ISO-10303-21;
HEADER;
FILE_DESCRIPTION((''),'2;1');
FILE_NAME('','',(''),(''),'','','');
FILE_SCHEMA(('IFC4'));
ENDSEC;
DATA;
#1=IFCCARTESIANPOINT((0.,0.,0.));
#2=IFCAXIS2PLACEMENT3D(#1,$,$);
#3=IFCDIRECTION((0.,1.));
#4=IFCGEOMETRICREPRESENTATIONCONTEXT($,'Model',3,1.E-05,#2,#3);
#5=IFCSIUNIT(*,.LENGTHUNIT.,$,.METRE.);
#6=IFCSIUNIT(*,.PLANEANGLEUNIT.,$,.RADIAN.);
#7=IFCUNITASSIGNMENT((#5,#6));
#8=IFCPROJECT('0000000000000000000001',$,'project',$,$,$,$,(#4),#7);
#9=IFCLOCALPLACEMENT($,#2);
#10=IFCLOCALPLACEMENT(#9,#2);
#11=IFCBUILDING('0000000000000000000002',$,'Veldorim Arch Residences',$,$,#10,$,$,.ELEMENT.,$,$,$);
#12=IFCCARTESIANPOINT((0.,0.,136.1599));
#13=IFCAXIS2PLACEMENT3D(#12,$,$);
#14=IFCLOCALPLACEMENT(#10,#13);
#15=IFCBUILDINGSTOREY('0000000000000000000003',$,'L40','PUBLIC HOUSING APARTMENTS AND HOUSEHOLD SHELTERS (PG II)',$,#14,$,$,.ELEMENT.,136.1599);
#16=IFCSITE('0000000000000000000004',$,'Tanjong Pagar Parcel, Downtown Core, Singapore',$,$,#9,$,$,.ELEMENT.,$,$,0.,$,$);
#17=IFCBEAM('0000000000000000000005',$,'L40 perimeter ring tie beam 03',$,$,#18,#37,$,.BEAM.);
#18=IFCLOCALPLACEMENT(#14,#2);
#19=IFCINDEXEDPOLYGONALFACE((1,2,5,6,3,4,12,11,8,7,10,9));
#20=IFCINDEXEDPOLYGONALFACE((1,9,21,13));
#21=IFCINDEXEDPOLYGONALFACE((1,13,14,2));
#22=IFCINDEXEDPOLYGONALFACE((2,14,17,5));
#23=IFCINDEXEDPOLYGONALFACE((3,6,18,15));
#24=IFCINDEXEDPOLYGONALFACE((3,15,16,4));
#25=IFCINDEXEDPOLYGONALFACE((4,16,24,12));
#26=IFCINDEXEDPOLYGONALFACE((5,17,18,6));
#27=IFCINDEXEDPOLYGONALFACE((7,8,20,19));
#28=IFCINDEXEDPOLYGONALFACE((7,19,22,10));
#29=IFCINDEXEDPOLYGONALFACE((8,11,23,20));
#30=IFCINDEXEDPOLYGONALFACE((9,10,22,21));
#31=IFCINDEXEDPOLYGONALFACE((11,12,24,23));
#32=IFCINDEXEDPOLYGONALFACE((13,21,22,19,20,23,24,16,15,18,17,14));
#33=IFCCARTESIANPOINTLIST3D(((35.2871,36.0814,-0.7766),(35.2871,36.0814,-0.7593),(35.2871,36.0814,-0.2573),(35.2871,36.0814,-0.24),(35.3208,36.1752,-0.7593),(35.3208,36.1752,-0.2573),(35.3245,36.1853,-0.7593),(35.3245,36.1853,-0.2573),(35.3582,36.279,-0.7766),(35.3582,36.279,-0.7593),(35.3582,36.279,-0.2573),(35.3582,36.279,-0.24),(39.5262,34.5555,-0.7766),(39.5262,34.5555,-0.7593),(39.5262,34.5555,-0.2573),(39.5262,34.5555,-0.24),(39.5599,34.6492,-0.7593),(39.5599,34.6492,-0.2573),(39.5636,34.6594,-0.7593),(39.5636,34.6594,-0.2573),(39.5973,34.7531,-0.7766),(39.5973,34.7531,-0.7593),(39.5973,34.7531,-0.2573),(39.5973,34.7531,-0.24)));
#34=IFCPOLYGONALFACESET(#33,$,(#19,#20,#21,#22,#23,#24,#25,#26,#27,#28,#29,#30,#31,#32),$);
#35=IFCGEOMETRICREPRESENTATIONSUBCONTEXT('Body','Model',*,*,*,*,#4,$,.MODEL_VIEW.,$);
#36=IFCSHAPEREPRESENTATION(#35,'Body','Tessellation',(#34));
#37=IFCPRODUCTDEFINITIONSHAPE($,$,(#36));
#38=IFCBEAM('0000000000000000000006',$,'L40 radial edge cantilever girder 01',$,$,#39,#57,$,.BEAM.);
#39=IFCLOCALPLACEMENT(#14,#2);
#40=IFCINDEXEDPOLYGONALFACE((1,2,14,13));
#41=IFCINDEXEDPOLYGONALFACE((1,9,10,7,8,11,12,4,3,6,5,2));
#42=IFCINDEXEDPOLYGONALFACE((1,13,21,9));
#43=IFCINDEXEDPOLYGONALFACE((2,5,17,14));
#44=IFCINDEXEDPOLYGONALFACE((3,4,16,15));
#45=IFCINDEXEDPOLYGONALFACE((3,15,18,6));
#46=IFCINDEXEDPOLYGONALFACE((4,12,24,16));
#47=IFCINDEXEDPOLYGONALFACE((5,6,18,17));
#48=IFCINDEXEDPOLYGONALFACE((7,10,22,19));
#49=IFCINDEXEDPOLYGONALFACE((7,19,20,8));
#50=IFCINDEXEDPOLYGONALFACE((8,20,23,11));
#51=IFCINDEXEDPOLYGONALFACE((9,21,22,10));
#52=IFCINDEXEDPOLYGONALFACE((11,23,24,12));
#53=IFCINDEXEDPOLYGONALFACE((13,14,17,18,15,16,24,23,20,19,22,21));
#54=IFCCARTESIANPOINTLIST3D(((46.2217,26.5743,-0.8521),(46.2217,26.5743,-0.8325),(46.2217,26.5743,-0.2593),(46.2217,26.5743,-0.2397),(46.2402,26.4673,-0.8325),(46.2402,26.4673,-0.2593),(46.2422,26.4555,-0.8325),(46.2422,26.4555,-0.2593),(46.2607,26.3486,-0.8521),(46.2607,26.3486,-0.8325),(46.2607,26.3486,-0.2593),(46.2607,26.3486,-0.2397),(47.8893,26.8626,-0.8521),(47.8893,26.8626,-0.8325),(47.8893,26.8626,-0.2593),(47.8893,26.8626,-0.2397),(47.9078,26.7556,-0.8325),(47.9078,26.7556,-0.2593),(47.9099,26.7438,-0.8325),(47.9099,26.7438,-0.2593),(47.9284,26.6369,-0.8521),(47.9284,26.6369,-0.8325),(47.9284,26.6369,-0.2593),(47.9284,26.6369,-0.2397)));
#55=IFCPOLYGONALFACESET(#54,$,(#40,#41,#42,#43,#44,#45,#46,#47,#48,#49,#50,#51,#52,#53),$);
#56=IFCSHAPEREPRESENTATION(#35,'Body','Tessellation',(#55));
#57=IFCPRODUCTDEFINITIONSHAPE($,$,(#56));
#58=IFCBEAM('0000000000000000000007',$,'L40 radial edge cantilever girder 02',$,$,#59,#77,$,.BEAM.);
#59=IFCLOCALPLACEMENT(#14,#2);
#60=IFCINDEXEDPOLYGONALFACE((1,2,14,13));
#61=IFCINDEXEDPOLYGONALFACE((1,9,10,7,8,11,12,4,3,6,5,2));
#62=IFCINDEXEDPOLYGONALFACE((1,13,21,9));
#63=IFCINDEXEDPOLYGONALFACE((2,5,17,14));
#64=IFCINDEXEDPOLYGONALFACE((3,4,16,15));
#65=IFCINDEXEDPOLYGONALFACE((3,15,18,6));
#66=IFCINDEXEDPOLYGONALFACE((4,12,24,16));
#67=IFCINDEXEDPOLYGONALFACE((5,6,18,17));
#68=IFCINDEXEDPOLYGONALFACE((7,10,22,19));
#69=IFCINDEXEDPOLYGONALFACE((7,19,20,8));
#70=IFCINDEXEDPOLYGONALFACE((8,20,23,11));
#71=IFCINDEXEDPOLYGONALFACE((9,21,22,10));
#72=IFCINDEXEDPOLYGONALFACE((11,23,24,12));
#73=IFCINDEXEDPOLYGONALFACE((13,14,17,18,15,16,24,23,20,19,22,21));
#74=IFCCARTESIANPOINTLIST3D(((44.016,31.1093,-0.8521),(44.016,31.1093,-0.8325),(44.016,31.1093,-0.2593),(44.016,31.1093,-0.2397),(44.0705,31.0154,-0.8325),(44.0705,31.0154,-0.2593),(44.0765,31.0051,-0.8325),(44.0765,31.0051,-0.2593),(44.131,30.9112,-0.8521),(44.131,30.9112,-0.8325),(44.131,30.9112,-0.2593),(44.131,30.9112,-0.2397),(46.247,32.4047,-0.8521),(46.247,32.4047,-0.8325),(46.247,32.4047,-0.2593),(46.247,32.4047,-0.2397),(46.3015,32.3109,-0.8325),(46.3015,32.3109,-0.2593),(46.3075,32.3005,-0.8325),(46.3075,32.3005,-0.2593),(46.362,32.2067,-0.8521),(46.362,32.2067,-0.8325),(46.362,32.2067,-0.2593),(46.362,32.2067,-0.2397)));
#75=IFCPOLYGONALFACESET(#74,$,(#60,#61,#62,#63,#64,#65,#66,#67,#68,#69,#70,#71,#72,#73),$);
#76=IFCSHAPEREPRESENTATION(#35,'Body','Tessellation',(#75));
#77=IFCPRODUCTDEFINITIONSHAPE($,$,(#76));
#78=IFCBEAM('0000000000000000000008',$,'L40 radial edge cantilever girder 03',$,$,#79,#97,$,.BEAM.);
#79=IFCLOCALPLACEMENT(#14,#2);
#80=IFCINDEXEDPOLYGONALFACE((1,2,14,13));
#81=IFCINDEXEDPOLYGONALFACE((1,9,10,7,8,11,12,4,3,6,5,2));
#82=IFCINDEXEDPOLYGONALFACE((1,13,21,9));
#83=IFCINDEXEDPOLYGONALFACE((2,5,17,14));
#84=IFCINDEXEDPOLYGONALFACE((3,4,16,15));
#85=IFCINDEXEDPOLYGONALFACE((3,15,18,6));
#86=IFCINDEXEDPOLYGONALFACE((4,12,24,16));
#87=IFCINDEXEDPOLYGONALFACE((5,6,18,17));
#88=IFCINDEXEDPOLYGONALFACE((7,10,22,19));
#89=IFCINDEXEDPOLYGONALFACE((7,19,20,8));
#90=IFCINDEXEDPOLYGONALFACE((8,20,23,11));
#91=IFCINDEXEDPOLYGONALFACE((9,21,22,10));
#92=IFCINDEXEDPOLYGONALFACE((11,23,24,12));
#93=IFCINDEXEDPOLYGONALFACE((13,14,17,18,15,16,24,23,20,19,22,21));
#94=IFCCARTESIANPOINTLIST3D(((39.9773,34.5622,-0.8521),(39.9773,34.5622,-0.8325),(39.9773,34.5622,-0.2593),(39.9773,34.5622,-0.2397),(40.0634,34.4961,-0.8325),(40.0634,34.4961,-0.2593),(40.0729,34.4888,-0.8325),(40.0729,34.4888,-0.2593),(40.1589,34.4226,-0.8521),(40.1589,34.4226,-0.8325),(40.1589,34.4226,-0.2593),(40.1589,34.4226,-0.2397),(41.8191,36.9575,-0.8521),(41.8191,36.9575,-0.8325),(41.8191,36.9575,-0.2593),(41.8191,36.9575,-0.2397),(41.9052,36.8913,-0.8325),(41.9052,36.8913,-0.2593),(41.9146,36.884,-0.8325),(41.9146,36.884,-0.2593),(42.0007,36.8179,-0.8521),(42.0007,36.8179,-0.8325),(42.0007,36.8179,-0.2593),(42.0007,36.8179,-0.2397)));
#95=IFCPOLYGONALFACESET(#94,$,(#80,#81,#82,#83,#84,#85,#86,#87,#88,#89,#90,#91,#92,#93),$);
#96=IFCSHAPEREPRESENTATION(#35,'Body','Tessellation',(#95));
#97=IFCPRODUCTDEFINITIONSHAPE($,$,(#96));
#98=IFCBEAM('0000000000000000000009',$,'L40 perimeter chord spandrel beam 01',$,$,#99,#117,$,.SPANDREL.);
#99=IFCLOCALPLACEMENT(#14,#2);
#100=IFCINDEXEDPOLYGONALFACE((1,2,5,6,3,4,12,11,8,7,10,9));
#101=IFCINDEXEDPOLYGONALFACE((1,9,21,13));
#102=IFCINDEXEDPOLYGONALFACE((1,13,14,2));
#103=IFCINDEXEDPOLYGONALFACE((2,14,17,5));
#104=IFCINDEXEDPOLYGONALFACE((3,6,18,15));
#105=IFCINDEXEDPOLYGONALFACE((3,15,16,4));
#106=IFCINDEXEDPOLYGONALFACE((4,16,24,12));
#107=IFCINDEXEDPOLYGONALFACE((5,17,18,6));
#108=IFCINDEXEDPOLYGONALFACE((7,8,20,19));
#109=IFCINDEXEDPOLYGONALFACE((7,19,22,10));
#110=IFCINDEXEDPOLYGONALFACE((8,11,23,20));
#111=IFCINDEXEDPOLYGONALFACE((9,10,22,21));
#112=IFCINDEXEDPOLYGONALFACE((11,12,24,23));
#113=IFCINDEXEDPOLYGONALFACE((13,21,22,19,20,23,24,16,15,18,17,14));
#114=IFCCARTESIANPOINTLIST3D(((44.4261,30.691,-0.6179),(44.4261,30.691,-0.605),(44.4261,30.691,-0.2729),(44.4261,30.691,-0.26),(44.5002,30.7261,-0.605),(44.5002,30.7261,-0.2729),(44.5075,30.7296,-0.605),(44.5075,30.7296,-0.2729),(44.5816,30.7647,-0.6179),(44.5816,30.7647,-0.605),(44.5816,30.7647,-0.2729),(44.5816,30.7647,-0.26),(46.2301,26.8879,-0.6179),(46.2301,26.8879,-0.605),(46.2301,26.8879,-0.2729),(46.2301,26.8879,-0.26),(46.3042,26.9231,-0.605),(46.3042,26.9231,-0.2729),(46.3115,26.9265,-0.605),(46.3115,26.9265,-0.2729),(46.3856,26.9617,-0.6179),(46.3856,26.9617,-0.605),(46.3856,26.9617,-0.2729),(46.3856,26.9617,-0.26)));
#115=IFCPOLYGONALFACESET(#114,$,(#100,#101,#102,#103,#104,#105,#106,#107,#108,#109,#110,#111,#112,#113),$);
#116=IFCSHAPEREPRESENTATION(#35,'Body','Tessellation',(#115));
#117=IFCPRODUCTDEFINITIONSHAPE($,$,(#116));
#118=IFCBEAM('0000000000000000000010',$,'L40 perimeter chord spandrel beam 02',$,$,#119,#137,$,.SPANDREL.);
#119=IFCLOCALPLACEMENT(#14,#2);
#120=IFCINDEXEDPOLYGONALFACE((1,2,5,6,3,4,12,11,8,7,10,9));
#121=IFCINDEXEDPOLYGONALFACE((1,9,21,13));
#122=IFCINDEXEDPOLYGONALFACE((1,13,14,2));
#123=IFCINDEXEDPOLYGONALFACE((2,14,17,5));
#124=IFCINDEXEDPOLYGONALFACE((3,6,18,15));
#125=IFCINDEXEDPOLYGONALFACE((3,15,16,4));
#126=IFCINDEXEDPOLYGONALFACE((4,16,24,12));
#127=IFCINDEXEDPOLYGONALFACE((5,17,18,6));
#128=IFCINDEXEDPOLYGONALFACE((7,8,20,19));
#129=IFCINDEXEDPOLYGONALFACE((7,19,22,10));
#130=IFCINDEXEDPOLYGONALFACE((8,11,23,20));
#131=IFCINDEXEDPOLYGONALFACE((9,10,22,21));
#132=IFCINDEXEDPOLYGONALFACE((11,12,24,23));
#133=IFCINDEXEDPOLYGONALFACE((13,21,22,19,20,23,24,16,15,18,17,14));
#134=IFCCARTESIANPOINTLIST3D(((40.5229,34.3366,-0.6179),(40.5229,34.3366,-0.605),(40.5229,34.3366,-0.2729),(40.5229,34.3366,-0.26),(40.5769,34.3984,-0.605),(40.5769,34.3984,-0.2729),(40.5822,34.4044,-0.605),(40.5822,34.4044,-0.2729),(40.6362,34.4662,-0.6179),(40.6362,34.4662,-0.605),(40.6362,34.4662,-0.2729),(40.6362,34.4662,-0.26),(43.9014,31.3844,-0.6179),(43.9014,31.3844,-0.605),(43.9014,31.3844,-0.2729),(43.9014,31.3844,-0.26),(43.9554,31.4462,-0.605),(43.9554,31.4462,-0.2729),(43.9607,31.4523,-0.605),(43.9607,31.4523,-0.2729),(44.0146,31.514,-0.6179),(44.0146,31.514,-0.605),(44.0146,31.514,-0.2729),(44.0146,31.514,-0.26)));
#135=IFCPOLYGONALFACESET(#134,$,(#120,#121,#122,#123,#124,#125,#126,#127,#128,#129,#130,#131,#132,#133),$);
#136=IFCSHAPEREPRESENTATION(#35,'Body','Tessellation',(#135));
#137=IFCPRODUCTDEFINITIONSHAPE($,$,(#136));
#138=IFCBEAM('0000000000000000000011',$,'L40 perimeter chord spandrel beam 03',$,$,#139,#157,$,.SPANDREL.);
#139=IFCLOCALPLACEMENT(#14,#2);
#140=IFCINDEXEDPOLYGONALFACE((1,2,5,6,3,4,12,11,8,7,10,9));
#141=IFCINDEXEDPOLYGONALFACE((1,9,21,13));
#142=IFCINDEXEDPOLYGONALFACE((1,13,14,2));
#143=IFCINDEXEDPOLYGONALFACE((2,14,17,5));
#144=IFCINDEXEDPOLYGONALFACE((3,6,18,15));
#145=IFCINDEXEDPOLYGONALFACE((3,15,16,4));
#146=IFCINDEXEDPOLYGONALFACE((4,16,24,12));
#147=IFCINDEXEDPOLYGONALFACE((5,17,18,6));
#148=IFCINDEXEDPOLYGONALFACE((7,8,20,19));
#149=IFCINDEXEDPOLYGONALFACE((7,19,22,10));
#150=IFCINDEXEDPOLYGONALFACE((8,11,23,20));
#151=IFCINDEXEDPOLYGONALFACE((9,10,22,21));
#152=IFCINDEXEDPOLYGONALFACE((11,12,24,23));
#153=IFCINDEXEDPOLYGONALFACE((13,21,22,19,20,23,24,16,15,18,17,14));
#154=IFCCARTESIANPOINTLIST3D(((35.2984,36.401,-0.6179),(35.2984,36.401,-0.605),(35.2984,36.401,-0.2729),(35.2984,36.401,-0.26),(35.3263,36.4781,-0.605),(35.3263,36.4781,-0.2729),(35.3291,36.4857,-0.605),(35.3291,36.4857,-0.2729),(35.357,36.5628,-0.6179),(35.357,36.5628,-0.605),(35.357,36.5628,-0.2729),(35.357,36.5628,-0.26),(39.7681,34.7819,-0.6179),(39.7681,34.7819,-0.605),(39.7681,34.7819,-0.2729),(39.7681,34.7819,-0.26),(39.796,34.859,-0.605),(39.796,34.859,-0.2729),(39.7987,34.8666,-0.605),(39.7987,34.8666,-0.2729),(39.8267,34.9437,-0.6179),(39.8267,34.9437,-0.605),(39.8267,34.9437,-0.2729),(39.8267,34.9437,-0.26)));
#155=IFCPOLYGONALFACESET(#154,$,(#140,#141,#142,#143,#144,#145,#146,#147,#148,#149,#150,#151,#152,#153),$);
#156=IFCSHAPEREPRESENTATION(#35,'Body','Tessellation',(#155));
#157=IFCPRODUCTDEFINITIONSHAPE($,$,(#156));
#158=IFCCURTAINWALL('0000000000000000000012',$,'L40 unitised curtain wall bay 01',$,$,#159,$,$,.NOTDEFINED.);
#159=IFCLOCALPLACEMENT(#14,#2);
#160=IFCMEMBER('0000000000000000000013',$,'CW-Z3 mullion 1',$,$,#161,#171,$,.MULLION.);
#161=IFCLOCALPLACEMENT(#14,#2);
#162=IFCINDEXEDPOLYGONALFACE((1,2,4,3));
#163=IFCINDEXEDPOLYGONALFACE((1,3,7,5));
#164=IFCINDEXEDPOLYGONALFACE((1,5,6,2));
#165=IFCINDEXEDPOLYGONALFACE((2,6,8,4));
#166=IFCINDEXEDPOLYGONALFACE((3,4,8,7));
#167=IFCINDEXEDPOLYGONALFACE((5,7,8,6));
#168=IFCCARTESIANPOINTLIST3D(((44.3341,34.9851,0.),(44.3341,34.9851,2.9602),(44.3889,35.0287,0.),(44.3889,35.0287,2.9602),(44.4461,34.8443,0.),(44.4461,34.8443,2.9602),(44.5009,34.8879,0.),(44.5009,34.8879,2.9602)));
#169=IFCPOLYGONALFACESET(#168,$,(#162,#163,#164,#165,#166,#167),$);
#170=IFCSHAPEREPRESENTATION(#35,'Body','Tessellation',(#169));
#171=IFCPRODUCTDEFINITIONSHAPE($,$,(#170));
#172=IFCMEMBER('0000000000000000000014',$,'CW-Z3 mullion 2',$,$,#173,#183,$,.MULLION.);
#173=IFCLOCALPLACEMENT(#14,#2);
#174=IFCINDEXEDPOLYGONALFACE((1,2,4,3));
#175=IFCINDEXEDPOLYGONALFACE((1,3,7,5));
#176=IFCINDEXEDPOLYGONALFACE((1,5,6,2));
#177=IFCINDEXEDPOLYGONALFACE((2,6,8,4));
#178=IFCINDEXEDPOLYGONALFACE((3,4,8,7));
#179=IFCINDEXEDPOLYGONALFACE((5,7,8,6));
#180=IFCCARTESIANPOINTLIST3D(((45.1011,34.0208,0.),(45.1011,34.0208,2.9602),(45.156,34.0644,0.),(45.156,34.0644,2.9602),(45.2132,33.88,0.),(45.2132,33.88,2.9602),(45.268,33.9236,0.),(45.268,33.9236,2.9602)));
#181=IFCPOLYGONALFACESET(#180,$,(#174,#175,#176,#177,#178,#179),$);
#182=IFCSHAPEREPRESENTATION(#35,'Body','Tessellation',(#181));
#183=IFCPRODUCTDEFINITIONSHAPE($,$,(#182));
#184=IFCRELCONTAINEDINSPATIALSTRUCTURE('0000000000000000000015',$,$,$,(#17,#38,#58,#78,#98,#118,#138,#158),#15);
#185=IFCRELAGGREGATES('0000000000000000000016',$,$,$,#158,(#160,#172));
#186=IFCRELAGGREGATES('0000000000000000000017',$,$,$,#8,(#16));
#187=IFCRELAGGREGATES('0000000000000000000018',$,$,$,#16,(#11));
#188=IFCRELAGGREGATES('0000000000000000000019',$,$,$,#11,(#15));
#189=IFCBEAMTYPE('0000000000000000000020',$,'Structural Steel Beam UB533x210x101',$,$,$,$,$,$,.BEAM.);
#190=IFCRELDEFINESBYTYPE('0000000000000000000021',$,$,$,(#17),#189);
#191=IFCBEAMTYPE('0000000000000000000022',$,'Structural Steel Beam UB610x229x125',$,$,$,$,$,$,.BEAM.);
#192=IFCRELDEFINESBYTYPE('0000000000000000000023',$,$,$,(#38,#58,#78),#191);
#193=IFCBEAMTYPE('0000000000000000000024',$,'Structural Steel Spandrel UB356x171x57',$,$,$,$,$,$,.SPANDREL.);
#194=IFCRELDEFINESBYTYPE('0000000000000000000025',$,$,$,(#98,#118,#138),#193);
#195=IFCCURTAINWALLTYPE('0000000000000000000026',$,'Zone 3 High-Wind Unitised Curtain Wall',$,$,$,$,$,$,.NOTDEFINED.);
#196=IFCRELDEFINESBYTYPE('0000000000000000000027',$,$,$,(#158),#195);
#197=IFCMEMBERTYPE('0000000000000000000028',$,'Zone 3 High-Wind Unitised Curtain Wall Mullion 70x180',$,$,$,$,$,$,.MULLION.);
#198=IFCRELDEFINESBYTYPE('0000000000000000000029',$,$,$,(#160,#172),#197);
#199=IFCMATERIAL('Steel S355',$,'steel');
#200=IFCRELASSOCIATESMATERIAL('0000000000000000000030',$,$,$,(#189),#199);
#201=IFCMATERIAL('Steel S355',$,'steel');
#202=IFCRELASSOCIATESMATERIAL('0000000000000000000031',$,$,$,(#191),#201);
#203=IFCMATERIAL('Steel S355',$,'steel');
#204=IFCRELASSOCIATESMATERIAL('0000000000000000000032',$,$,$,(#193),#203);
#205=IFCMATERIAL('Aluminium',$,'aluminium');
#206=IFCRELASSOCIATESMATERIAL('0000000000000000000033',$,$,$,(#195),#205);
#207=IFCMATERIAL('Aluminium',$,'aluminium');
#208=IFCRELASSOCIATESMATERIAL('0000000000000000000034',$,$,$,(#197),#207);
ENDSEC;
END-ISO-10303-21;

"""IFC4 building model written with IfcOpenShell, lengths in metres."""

from ifc_helpers import new_model, si_unit, direction, frame, origin, origin_2d, place, context, subcontext, project, spatial, rectangle, i_section, extrude, material, material_profile, profile_set, type_object, element, aggregate, save


model = new_model("IFC4")

# Units and contexts
model_context = context("Model", 3, precision=1e-05, world=origin(), true_north=direction((0.0, 1.0)))
body_context = subcontext(model_context, "Body", "Model", "MODEL_VIEW")
ifc_project = project(units=[si_unit("LENGTHUNIT", "METRE"), si_unit("PLANEANGLEUNIT", "RADIAN")], contexts=[model_context])

# Site, building, storey
site_placement = place(None, origin())
site = spatial("IfcSite", under=ifc_project, at=site_placement, Name="Tanjong Pagar Parcel, Downtown Core, Singapore", CompositionType="ELEMENT", RefElevation=0.0)
building_placement = place(site_placement, origin())
building = spatial("IfcBuilding", under=site, at=building_placement, Name="Veldorim Arch Residences", CompositionType="ELEMENT")
storey_placement = place(building_placement, frame((0.0, 0.0, 136.1599)))
storey = spatial("IfcBuildingStorey", under=building, at=storey_placement, Name="L40", Description="PUBLIC HOUSING APARTMENTS AND HOUSEHOLD SHELTERS (PG II)", CompositionType="ELEMENT", Elevation=136.1599)

# Beams
ifc_material_1 = material(Name="Steel S355", Category="steel")
ifc_material_profile_1 = material_profile(ifc_material_1, i_section(OverallWidth=0.21, OverallDepth=0.5366, WebThickness=0.0107, FlangeThickness=0.0173, at=origin_2d()), Name="UB533x210x101")
ifc_profile_set_1 = profile_set([ifc_material_profile_1], Name="Steel S355")
beam_type_1 = type_object("IfcBeamType", Name="Structural Steel Beam UB533x210x101", PredefinedType="BEAM", material=ifc_profile_set_1)
beam_1_placement = place(storey_placement, frame((39.5618, 34.6543, -0.5083), z_axis=(-0.940899, 0.338687, 0.0), x_axis=(-0.338687, -0.940899, 0.0)))
element("IfcBeam", 1, at=beam_1_placement, inside=storey, type_object=beam_type_1, Name="L40 perimeter ring tie beam 03", PredefinedType="BEAM", context=body_context, shape_type="SweptSolid", body=[
    extrude(i_section(OverallWidth=0.21, OverallDepth=0.5366, WebThickness=0.0107, FlangeThickness=0.0173, at=origin_2d()), origin(), (0.0, 0.0, 1.0), 4.5054),
])
ifc_material_2 = material(Name="Steel S355", Category="steel")
ifc_material_profile_2 = material_profile(ifc_material_2, i_section(OverallWidth=0.229, OverallDepth=0.6123, WebThickness=0.012, FlangeThickness=0.0195, at=origin_2d()), Name="UB610x229x125")
ifc_profile_set_2 = profile_set([ifc_material_profile_2], Name="Steel S355")
beam_type_2 = type_object("IfcBeamType", Name="Structural Steel Beam UB610x229x125", PredefinedType="BEAM", material=ifc_profile_set_2)
beam_2_placement = place(storey_placement, frame((46.2412, 26.4614, -0.5459), z_axis=(0.985382, 0.170361, 0.0), x_axis=(-0.170361, 0.985382, 0.0)))
element("IfcBeam", 2, at=beam_2_placement, inside=storey, type_object=beam_type_2, Name="L40 radial edge cantilever girder 01", PredefinedType="BEAM", context=body_context, shape_type="SweptSolid", body=[
    extrude(i_section(OverallWidth=0.229, OverallDepth=0.6123, WebThickness=0.012, FlangeThickness=0.0195, at=origin_2d()), origin(), (0.0, 0.0, 1.0), 1.6924),
])
beam_3_placement = place(storey_placement, frame((44.0735, 31.0103, -0.5459), z_axis=(0.864786, 0.50214, 0.0), x_axis=(-0.50214, 0.864786, 0.0)))
element("IfcBeam", 3, at=beam_3_placement, inside=storey, type_object=beam_type_2, Name="L40 radial edge cantilever girder 02", PredefinedType="BEAM", context=body_context, shape_type="SweptSolid", body=[
    extrude(i_section(OverallWidth=0.229, OverallDepth=0.6123, WebThickness=0.012, FlangeThickness=0.0195, at=origin_2d()), origin(), (0.0, 0.0, 1.0), 2.5798),
])
beam_4_placement = place(storey_placement, frame((40.0681, 34.4924, -0.5459), z_axis=(0.609562, 0.792738, 0.0), x_axis=(-0.792738, 0.609562, 0.0)))
element("IfcBeam", 4, at=beam_4_placement, inside=storey, type_object=beam_type_2, Name="L40 radial edge cantilever girder 03", PredefinedType="BEAM", context=body_context, shape_type="SweptSolid", body=[
    extrude(i_section(OverallWidth=0.229, OverallDepth=0.6123, WebThickness=0.012, FlangeThickness=0.0195, at=origin_2d()), origin(), (0.0, 0.0, 1.0), 3.0215),
])
ifc_material_3 = material(Name="Steel S355", Category="steel")
ifc_material_profile_3 = material_profile(ifc_material_3, i_section(OverallWidth=0.1721, OverallDepth=0.3579, WebThickness=0.0081, FlangeThickness=0.0129, at=origin_2d()), Name="UB356x171x57")
ifc_profile_set_3 = profile_set([ifc_material_profile_3], Name="Steel S355")
beam_type_3 = type_object("IfcBeamType", Name="Structural Steel Spandrel UB356x171x57", PredefinedType="SPANDREL", material=ifc_profile_set_3)
beam_5_placement = place(storey_placement, frame((46.3079, 26.9248, -0.439), z_axis=(-0.42858, 0.903504, 0.0), x_axis=(-0.903504, -0.42858, 0.0)))
element("IfcBeam", 5, at=beam_5_placement, inside=storey, type_object=beam_type_3, Name="L40 perimeter chord spandrel beam 01", PredefinedType="SPANDREL", context=body_context, shape_type="SweptSolid", body=[
    extrude(i_section(OverallWidth=0.1721, OverallDepth=0.3579, WebThickness=0.0081, FlangeThickness=0.0129, at=origin_2d()), origin(), (0.0, 0.0, 1.0), 4.2092),
])
beam_6_placement = place(storey_placement, frame((43.958, 31.4492, -0.439), z_axis=(-0.753015, 0.658004, 0.0), x_axis=(-0.658004, -0.753015, 0.0)))
element("IfcBeam", 6, at=beam_6_placement, inside=storey, type_object=beam_type_3, Name="L40 perimeter chord spandrel beam 02", PredefinedType="SPANDREL", context=body_context, shape_type="SweptSolid", body=[
    extrude(i_section(OverallWidth=0.1721, OverallDepth=0.3579, WebThickness=0.0081, FlangeThickness=0.0129, at=origin_2d()), origin(), (0.0, 0.0, 1.0), 4.4866),
])
beam_7_placement = place(storey_placement, frame((39.7974, 34.8628, -0.439), z_axis=(-0.940213, 0.340588, 0.0), x_axis=(-0.340588, -0.940213, 0.0)))
element("IfcBeam", 7, at=beam_7_placement, inside=storey, type_object=beam_type_3, Name="L40 perimeter chord spandrel beam 03", PredefinedType="SPANDREL", context=body_context, shape_type="SweptSolid", body=[
    extrude(i_section(OverallWidth=0.1721, OverallDepth=0.3579, WebThickness=0.0081, FlangeThickness=0.0129, at=origin_2d()), origin(), (0.0, 0.0, 1.0), 4.7539),
])

# Curtain wall, members
ifc_material_4 = material(Name="Aluminium", Category="aluminium")
curtain_wall_type = type_object("IfcCurtainWallType", Name="Zone 3 High-Wind Unitised Curtain Wall", PredefinedType="NOTDEFINED", material=ifc_material_4)
curtain_wall_1_placement = place(storey_placement, origin())
curtain_wall_1 = element("IfcCurtainWall", 8, at=curtain_wall_1_placement, inside=storey, type_object=curtain_wall_type, Name="L40 unitised curtain wall bay 01", PredefinedType="NOTDEFINED")
ifc_material_5 = material(Name="Aluminium", Category="aluminium")
ifc_material_profile_4 = material_profile(ifc_material_5, rectangle(XDim=0.0701, YDim=0.1799, at=origin_2d()), Name="ALU_MUL_70x180")
ifc_profile_set_4 = profile_set([ifc_material_profile_4], Name="Aluminium")
member_type_1 = type_object("IfcMemberType", Name="Zone 3 High-Wind Unitised Curtain Wall Mullion 70x180", PredefinedType="MULLION", material=ifc_profile_set_4)
member_1_placement = place(storey_placement, frame((44.4175, 34.9365, 0.0), z_axis=(0.0, 0.0, 1.0), x_axis=(0.782556, 0.62258, 0.0)))
member_1 = element("IfcMember", 9, at=member_1_placement, type_object=member_type_1, Name="CW-Z3 mullion 1", PredefinedType="MULLION", context=body_context, shape_type="SweptSolid", body=[
    extrude(rectangle(XDim=0.0701, YDim=0.1799, at=origin_2d()), origin(), (0.0, 0.0, 1.0), 2.9602),
])
member_2_placement = place(storey_placement, frame((45.1846, 33.9722, 0.0), z_axis=(0.0, 0.0, 1.0), x_axis=(0.782556, 0.62258, 0.0)))
member_2 = element("IfcMember", 10, at=member_2_placement, type_object=member_type_1, Name="CW-Z3 mullion 2", PredefinedType="MULLION", context=body_context, shape_type="SweptSolid", body=[
    extrude(rectangle(XDim=0.0701, YDim=0.1799, at=origin_2d()), origin(), (0.0, 0.0, 1.0), 2.9602),
])

aggregate(curtain_wall_1, [member_1, member_2])

save(model, "model.ifc")
